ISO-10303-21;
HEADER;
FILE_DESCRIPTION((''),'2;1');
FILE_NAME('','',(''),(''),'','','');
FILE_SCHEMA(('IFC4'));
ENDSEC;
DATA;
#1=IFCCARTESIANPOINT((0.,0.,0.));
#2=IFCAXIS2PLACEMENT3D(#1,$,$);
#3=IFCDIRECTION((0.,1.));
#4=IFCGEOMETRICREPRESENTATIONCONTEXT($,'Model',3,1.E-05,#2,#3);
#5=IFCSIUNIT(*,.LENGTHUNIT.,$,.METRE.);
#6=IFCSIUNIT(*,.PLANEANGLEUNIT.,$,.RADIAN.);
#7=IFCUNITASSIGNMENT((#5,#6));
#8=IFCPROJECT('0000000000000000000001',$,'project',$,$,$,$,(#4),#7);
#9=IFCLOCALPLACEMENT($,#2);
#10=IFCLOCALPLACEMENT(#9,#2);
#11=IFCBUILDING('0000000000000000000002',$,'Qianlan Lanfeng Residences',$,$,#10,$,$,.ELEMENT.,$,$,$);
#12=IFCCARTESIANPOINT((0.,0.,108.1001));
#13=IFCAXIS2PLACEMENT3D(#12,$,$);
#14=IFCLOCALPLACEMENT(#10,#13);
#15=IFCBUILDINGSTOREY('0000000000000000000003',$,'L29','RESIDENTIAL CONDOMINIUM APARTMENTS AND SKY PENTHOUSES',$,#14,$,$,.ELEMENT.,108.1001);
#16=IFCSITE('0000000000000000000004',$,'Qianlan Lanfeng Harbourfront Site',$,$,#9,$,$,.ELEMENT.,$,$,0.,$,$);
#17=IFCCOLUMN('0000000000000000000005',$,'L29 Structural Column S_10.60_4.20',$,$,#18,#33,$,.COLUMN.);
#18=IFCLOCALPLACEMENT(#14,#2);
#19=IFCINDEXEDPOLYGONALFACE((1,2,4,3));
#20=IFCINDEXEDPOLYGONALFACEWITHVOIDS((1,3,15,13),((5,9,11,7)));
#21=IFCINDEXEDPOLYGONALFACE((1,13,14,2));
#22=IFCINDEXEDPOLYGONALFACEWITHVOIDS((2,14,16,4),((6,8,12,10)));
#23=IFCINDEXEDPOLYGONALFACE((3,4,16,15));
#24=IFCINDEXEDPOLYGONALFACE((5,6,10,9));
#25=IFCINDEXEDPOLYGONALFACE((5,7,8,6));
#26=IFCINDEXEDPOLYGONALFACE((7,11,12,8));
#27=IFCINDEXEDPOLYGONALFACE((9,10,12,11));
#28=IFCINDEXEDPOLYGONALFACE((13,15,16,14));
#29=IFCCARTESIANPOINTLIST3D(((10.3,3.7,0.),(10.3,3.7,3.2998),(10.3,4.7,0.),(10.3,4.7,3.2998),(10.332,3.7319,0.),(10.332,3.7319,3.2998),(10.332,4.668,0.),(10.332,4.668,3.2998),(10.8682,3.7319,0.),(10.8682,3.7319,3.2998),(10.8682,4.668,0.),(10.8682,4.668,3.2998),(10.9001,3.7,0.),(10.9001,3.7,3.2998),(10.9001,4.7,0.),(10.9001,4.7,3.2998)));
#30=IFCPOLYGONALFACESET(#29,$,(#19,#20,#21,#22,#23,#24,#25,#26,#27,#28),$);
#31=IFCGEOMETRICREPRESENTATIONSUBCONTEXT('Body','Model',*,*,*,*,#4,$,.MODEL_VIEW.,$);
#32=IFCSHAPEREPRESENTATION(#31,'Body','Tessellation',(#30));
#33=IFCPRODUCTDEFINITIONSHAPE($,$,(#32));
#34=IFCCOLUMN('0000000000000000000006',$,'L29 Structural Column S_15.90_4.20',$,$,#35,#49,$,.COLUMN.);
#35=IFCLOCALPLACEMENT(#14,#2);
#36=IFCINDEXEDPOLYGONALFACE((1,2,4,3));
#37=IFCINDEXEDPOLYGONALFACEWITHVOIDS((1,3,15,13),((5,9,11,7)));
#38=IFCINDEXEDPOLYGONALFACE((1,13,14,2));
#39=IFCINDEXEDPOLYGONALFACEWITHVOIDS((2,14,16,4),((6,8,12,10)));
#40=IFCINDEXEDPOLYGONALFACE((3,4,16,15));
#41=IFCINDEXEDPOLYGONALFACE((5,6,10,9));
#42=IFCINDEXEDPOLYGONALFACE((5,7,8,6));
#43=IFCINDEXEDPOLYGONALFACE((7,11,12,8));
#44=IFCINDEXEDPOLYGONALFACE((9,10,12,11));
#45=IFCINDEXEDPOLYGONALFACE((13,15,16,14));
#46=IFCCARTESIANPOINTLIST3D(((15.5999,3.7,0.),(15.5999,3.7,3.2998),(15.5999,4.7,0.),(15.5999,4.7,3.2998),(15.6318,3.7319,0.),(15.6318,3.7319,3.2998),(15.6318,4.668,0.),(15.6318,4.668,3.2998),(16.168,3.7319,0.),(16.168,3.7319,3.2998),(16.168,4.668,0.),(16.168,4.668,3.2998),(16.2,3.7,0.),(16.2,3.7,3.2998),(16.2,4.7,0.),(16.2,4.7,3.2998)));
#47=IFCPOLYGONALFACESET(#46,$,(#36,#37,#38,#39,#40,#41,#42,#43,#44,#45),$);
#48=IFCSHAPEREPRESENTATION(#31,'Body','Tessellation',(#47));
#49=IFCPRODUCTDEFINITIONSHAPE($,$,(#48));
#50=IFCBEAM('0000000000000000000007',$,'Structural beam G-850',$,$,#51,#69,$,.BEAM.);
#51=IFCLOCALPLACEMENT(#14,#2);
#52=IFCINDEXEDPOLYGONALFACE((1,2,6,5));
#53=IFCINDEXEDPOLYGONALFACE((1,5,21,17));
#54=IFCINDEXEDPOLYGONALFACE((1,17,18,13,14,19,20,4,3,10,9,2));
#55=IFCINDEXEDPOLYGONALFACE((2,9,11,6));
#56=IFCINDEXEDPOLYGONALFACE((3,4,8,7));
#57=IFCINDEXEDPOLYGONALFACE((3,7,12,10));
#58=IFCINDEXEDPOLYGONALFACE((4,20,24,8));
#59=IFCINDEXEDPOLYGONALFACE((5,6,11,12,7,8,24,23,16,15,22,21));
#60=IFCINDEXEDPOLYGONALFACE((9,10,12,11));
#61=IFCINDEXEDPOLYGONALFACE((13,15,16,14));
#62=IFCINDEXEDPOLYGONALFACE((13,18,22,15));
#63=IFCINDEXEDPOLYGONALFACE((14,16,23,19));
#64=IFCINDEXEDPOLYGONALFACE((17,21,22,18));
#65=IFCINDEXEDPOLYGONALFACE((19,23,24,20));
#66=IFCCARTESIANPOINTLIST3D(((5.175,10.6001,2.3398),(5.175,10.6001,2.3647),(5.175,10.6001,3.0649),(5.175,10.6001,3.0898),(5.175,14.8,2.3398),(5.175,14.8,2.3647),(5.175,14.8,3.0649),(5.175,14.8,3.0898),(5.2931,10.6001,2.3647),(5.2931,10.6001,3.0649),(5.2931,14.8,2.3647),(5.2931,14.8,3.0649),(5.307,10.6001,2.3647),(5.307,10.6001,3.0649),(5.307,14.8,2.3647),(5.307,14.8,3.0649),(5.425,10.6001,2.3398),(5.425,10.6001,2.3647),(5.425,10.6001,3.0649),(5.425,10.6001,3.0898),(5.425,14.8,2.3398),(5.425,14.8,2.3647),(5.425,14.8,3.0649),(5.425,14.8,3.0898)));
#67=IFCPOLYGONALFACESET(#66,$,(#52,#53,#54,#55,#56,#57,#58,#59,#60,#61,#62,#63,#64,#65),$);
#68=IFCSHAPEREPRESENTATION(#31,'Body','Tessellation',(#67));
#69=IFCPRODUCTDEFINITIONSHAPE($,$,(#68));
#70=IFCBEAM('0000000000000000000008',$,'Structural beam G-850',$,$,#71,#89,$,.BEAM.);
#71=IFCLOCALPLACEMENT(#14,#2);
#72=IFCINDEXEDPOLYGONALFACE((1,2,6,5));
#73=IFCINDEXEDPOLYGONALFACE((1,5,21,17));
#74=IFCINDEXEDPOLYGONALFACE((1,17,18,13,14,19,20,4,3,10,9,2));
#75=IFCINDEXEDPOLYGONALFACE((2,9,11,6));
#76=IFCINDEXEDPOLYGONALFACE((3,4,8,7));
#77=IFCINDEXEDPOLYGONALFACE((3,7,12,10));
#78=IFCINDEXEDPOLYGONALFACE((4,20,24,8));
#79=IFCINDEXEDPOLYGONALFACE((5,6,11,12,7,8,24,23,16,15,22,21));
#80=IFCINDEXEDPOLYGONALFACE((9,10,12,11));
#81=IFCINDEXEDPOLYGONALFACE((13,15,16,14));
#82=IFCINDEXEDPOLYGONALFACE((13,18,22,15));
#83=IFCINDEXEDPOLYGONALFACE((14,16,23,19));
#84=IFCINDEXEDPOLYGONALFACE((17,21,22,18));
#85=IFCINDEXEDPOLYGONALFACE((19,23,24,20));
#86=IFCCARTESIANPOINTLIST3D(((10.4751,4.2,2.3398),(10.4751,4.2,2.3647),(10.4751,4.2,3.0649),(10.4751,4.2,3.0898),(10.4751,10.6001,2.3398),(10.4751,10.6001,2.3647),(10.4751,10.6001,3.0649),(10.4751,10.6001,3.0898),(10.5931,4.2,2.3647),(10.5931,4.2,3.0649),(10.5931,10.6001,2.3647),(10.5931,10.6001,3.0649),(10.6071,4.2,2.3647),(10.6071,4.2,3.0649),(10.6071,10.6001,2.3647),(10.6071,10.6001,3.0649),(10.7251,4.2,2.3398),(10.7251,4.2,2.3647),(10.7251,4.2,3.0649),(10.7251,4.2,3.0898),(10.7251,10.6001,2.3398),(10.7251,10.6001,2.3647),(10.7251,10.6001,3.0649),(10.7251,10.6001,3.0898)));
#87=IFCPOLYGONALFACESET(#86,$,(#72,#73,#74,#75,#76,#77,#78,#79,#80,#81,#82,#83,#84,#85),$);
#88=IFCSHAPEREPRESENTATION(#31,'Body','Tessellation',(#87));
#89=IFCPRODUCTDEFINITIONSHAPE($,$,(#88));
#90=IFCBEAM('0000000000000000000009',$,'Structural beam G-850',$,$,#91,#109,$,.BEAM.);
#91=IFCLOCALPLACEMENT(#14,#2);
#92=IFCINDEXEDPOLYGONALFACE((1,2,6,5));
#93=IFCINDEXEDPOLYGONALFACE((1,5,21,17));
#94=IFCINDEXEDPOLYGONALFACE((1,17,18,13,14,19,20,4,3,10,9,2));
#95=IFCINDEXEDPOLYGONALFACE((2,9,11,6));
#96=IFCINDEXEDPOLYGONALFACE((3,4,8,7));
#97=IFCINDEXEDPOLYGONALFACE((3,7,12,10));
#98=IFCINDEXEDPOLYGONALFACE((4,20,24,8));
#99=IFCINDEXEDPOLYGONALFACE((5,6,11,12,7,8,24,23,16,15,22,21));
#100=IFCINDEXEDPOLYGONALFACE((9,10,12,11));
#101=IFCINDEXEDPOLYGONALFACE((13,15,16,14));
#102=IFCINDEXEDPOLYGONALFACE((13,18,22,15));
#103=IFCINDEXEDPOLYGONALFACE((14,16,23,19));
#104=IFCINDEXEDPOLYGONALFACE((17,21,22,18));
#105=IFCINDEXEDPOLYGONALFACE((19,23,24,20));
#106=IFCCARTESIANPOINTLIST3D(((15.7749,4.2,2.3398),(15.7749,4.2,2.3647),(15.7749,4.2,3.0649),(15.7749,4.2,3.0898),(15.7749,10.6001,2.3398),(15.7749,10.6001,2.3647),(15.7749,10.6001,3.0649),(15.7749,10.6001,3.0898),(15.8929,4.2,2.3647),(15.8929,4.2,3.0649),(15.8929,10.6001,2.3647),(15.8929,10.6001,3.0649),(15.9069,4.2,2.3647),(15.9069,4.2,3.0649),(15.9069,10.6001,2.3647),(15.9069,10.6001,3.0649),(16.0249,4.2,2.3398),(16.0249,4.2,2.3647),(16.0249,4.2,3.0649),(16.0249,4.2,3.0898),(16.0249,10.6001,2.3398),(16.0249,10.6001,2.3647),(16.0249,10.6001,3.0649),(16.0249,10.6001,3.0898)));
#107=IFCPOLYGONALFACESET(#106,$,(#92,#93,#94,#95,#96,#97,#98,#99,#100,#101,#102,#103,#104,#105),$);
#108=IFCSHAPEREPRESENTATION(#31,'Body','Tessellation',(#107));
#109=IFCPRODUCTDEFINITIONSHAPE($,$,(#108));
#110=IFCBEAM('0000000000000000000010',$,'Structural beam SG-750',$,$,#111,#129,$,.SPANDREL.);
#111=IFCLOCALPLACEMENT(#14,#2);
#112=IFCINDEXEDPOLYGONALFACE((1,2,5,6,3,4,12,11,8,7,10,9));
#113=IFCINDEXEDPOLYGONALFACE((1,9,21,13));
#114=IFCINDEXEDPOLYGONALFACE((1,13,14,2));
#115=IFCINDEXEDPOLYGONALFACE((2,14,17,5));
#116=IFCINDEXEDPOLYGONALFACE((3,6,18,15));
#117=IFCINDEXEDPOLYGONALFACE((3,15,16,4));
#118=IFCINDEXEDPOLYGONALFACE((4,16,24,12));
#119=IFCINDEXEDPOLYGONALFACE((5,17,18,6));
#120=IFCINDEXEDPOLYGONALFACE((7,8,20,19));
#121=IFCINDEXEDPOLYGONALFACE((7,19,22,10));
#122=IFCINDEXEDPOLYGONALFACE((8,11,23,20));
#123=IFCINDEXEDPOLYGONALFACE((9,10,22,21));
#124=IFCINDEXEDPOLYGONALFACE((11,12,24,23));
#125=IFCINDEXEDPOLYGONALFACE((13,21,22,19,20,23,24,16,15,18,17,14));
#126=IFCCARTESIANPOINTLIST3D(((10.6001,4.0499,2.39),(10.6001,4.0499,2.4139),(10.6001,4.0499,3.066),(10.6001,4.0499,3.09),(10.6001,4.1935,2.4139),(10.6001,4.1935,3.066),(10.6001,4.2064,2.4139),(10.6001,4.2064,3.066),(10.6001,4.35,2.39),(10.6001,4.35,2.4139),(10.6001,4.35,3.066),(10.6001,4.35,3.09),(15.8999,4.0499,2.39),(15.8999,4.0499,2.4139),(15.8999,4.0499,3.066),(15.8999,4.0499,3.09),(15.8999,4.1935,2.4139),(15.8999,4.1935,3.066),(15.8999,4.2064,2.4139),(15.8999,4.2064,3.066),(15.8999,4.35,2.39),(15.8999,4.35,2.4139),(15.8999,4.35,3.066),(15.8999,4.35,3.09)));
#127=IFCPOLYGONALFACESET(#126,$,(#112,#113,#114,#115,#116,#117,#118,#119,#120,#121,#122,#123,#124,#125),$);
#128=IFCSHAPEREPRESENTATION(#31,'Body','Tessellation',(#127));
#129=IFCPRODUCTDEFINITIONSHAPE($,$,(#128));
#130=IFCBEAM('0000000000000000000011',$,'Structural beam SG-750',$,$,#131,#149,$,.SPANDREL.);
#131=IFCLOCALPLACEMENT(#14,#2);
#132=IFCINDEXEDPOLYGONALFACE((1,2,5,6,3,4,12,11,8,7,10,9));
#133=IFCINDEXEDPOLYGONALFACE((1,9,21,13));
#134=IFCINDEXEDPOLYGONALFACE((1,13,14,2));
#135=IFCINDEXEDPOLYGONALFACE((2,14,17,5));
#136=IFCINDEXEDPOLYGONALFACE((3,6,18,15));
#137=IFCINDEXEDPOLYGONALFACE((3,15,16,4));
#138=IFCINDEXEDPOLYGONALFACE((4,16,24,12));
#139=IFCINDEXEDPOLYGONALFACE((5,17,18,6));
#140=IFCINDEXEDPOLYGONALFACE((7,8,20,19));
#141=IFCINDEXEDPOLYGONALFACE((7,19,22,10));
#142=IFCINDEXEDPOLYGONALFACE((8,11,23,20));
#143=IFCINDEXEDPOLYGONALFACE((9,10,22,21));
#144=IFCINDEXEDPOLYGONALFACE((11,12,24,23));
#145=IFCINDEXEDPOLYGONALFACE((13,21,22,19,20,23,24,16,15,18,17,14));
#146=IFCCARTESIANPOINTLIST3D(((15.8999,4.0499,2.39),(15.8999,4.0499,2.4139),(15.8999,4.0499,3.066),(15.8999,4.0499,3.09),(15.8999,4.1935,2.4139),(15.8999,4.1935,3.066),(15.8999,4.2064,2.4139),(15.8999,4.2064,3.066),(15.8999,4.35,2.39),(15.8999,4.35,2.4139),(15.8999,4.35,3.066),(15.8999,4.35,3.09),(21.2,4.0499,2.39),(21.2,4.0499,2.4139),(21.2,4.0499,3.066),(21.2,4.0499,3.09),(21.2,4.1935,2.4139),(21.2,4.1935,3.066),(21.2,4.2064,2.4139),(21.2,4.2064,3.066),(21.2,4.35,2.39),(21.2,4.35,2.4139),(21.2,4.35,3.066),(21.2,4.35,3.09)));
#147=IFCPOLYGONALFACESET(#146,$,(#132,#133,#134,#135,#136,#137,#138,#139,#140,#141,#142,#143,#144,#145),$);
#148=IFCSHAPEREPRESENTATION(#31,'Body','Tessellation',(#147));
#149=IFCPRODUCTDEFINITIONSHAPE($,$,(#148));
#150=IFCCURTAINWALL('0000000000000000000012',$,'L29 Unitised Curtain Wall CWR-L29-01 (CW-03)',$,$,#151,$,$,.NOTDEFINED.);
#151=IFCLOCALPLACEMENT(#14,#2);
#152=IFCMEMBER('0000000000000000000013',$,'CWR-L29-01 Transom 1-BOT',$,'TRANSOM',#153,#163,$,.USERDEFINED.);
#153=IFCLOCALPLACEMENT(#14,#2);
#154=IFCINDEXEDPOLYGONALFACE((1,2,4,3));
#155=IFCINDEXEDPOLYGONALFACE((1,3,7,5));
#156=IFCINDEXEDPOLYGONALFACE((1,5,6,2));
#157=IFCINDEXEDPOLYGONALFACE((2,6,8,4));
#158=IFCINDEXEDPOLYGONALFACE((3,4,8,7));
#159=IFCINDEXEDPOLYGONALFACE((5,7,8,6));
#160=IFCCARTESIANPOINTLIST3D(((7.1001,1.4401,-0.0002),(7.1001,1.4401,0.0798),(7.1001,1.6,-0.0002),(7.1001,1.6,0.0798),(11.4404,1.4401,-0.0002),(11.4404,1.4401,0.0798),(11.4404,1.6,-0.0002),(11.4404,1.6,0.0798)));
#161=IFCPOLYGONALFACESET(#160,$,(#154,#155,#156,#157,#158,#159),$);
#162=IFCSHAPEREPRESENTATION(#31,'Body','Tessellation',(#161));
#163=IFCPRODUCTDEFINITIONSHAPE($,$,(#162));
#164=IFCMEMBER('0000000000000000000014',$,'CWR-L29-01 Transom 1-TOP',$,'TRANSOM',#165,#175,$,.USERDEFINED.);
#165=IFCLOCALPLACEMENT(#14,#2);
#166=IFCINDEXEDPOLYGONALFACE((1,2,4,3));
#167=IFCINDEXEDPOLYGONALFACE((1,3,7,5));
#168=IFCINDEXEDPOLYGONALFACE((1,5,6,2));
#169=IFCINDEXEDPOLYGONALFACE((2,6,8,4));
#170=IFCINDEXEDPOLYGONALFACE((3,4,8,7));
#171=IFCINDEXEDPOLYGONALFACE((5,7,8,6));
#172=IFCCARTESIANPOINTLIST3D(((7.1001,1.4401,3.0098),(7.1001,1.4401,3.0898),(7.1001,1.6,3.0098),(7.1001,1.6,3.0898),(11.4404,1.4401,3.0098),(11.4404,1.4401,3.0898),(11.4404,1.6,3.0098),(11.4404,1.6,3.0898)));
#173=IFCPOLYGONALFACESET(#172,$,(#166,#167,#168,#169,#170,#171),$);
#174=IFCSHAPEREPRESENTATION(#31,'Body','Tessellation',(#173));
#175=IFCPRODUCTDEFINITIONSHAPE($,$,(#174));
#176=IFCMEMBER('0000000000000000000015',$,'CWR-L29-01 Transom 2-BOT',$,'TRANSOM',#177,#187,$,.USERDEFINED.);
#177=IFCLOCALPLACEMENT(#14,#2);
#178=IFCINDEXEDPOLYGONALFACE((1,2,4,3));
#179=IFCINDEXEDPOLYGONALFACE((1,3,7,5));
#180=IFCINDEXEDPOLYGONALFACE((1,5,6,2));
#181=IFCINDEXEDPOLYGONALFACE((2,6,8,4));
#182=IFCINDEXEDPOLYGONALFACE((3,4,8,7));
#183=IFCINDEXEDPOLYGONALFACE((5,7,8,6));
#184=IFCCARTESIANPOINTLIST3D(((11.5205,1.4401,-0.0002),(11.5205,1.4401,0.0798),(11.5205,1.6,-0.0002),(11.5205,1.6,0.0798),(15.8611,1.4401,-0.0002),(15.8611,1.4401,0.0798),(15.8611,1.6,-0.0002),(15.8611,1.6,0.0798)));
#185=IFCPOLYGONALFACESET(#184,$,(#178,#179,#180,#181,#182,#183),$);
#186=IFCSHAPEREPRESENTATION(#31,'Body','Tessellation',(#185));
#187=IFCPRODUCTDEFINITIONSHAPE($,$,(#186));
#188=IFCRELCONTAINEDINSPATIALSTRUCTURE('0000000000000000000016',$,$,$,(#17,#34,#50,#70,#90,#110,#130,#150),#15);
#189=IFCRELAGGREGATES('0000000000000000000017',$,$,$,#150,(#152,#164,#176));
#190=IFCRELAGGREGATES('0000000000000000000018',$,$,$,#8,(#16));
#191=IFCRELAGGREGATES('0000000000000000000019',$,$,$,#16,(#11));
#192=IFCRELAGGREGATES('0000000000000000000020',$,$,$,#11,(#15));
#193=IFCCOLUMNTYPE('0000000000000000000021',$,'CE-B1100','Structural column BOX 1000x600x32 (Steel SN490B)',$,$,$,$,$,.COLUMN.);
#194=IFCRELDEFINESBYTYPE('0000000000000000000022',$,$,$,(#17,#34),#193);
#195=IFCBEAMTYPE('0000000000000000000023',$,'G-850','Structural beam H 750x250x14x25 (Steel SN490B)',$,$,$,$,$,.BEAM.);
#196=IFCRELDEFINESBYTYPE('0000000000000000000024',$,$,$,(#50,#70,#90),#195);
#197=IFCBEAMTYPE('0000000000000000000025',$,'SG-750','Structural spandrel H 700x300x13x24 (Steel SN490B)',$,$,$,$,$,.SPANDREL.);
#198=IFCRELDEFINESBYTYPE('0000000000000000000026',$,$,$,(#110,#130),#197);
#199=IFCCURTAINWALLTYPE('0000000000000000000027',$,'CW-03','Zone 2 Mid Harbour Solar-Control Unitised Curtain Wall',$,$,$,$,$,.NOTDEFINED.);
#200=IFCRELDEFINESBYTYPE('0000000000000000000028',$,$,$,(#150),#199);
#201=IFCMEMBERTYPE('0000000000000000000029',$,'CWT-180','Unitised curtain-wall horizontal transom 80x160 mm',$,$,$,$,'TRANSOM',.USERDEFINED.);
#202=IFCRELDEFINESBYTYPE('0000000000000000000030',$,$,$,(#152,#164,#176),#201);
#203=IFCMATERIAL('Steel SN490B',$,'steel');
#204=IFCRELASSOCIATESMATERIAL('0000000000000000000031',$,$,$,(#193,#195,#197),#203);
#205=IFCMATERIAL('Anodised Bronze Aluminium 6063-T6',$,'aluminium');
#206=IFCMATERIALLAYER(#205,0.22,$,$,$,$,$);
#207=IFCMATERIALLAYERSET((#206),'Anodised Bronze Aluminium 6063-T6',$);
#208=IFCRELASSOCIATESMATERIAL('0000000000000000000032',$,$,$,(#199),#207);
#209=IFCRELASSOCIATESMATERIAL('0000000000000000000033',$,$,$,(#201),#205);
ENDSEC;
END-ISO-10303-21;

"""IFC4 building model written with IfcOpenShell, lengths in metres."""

from ifc_helpers import new_model, si_unit, direction, frame, origin, origin_2d, place, context, subcontext, project, spatial, rectangle, hollow_rectangle, i_section, extrude, source, transform, mapped, material, layer, layer_set, material_profile, profile_set, type_object, element, aggregate, save


model = new_model("IFC4")

# Units and contexts
model_context = context("Model", 3, precision=1e-05, world=origin(), true_north=direction((0.0, 1.0)))
body_context = subcontext(model_context, "Body", "Model", "MODEL_VIEW")
ifc_project = project(units=[si_unit("LENGTHUNIT", "METRE"), si_unit("PLANEANGLEUNIT", "RADIAN")], contexts=[model_context])

# Site, building, storey
site_placement = place(None, origin())
site = spatial("IfcSite", under=ifc_project, at=site_placement, Name="Qianlan Lanfeng Harbourfront Site", CompositionType="ELEMENT", RefElevation=0.0)
building_placement = place(site_placement, origin())
building = spatial("IfcBuilding", under=site, at=building_placement, Name="Qianlan Lanfeng Residences", CompositionType="ELEMENT")
storey_placement = place(building_placement, frame((0.0, 0.0, 108.1001)))
storey = spatial("IfcBuildingStorey", under=building, at=storey_placement, Name="L29", Description="RESIDENTIAL CONDOMINIUM APARTMENTS AND SKY PENTHOUSES", CompositionType="ELEMENT", Elevation=108.1001)

# Columns
ifc_material_1 = material(Name="Steel SN490B", Category="steel")
ifc_material_profile_1 = material_profile(ifc_material_1, hollow_rectangle(XDim=0.6001, YDim=1.0, WallThickness=0.032, at=origin_2d()), Name="BOX 1000x600x32")
ifc_profile_set_1 = profile_set([ifc_material_profile_1], Name="Steel SN490B")
column_type = type_object("IfcColumnType", Name="CE-B1100", Description="Structural column BOX 1000x600x32 (Steel SN490B)", PredefinedType="COLUMN", material=ifc_profile_set_1)
for number, where, z_axis, x_axis, name in (
    (1, (10.6001, 4.2, 0.0), (0.0, 0.0, 1.0), (1.0, 0.0, 0.0), "L29 Structural Column S_10.60_4.20"),
    (2, (15.8999, 4.2, 0.0), (0.0, 0.0, 1.0), (1.0, 0.0, 0.0), "L29 Structural Column S_15.90_4.20"),
):
    element("IfcColumn", number, at=place(storey_placement, frame(where, z_axis=z_axis, x_axis=x_axis)), inside=storey, type_object=column_type, Name=name, PredefinedType="COLUMN", context=body_context, shape_type="SweptSolid", body=[
        extrude(hollow_rectangle(XDim=0.6001, YDim=1.0, WallThickness=0.032, at=origin_2d()), origin(), (0.0, 0.0, 1.0), 3.2998),
    ])

# Beams
ifc_material_profile_2 = material_profile(ifc_material_1, i_section(OverallWidth=0.25, OverallDepth=0.75, WebThickness=0.0139, FlangeThickness=0.0249, at=origin_2d()), Name="H 750x250x14x25")
ifc_profile_set_2 = profile_set([ifc_material_profile_2], Name="Steel SN490B")
beam_type_1 = type_object("IfcBeamType", Name="G-850", Description="Structural beam H 750x250x14x25 (Steel SN490B)", PredefinedType="BEAM", material=ifc_profile_set_2)
beam_1_placement = place(storey_placement, frame((5.3, 10.6001, 2.7148), z_axis=(0.0, 1.0, 0.0), x_axis=(-1.0, 0.0, 0.0)))
element("IfcBeam", 3, at=beam_1_placement, inside=storey, type_object=beam_type_1, Name="Structural beam G-850", PredefinedType="BEAM", context=body_context, shape_type="SweptSolid", body=[
    extrude(i_section(OverallWidth=0.25, OverallDepth=0.75, WebThickness=0.0139, FlangeThickness=0.0249, at=origin_2d()), origin(), (0.0, 0.0, 1.0), 4.2),
])
for number, where, z_axis, x_axis, name in (
    (4, (10.6001, 4.2, 2.7148), (0.0, 1.0, 0.0), (-1.0, 0.0, 0.0), "Structural beam G-850"),
    (5, (15.8999, 4.2, 2.7148), (0.0, 1.0, 0.0), (-1.0, 0.0, 0.0), "Structural beam G-850"),
):
    element("IfcBeam", number, at=place(storey_placement, frame(where, z_axis=z_axis, x_axis=x_axis)), inside=storey, type_object=beam_type_1, Name=name, PredefinedType="BEAM", context=body_context, shape_type="SweptSolid", body=[
        extrude(i_section(OverallWidth=0.25, OverallDepth=0.75, WebThickness=0.0139, FlangeThickness=0.0249, at=origin_2d()), origin(), (0.0, 0.0, 1.0), 6.4001),
    ])
ifc_material_profile_3 = material_profile(ifc_material_1, i_section(OverallWidth=0.3, OverallDepth=0.7, WebThickness=0.0129, FlangeThickness=0.0239, at=origin_2d()), Name="H 700x300x13x24")
ifc_profile_set_3 = profile_set([ifc_material_profile_3], Name="Steel SN490B")
beam_type_2 = type_object("IfcBeamType", Name="SG-750", Description="Structural spandrel H 700x300x13x24 (Steel SN490B)", PredefinedType="SPANDREL", material=ifc_profile_set_3)
beam_2_placement = place(storey_placement, frame((10.6001, 4.2, 2.74), z_axis=(1.0, 0.0, 0.0), x_axis=(0.0, 1.0, 0.0)))
element("IfcBeam", 6, at=beam_2_placement, inside=storey, type_object=beam_type_2, Name="Structural beam SG-750", PredefinedType="SPANDREL", context=body_context, shape_type="SweptSolid", body=[
    extrude(i_section(OverallWidth=0.3, OverallDepth=0.7, WebThickness=0.0129, FlangeThickness=0.0239, at=origin_2d()), origin(), (0.0, 0.0, 1.0), 5.2998),
])
beam_3_placement = place(storey_placement, frame((15.8999, 4.2, 2.74), z_axis=(1.0, 0.0, 0.0), x_axis=(0.0, 1.0, 0.0)))
element("IfcBeam", 7, at=beam_3_placement, inside=storey, type_object=beam_type_2, Name="Structural beam SG-750", PredefinedType="SPANDREL", context=body_context, shape_type="SweptSolid", body=[
    extrude(i_section(OverallWidth=0.3, OverallDepth=0.7, WebThickness=0.0129, FlangeThickness=0.0239, at=origin_2d()), origin(), (0.0, 0.0, 1.0), 5.3),
])

# Curtain wall, members
ifc_material_2 = material(Name="Anodised Bronze Aluminium 6063-T6", Category="aluminium")
ifc_layer_1 = layer(ifc_material_2, 0.22)
ifc_layer_set_1 = layer_set([ifc_layer_1], Name="Anodised Bronze Aluminium 6063-T6")
curtain_wall_type = type_object("IfcCurtainWallType", Name="CW-03", Description="Zone 2 Mid Harbour Solar-Control Unitised Curtain Wall", PredefinedType="NOTDEFINED", material=ifc_layer_set_1)
curtain_wall_placement = place(storey_placement, origin())
curtain_wall = element("IfcCurtainWall", 8, at=curtain_wall_placement, inside=storey, type_object=curtain_wall_type, Name="L29 Unitised Curtain Wall CWR-L29-01 (CW-03)", PredefinedType="NOTDEFINED")
ifc_material_profile_4 = material_profile(ifc_material_2, rectangle(XDim=0.0801, YDim=0.1599, at=origin_2d()), Name="ALU TRANSOM 80x160")
ifc_profile_set_4 = profile_set([ifc_material_profile_4], Name="Anodised Bronze Aluminium 6063-T6")
member_type_1 = type_object("IfcMemberType", Name="CWT-180", Description="Unitised curtain-wall horizontal transom 80x160 mm", ElementType="TRANSOM", PredefinedType="USERDEFINED", material=ifc_profile_set_4)
shared_shape_1 = source(origin(), body_context, "Body", "SweptSolid", [
    extrude(rectangle(XDim=0.0801, YDim=0.1599, at=origin_2d()), origin(), (0.0, 0.0, 1.0), 4.3403),
])
member_1_placement = place(storey_placement, frame((7.1001, 1.52, 0.0398), z_axis=(1.0, 0.0, 0.0), x_axis=(0.0, 0.0, 1.0)))
member_1 = element("IfcMember", 9, at=member_1_placement, type_object=member_type_1, Name="CWR-L29-01 Transom 1-BOT", ObjectType="TRANSOM", PredefinedType="USERDEFINED", context=body_context, shape_type="MappedRepresentation", body=[
    mapped(shared_shape_1, transform((0.0, 0.0, 0.0), scale=1.0)),
])
member_2_placement = place(storey_placement, frame((7.1001, 1.52, 3.0498), z_axis=(1.0, 0.0, 0.0), x_axis=(0.0, 0.0, 1.0)))
member_2 = element("IfcMember", 10, at=member_2_placement, type_object=member_type_1, Name="CWR-L29-01 Transom 1-TOP", ObjectType="TRANSOM", PredefinedType="USERDEFINED", context=body_context, shape_type="MappedRepresentation", body=[
    mapped(shared_shape_1, transform((0.0, 0.0, 0.0), scale=1.0)),
])
shared_shape_2 = source(origin(), body_context, "Body", "SweptSolid", [
    extrude(rectangle(XDim=0.0801, YDim=0.1599, at=origin_2d()), origin(), (0.0, 0.0, 1.0), 4.3406),
])
member_3_placement = place(storey_placement, frame((11.5205, 1.52, 0.0398), z_axis=(1.0, 0.0, 0.0), x_axis=(0.0, 0.0, 1.0)))
member_3 = element("IfcMember", 11, at=member_3_placement, type_object=member_type_1, Name="CWR-L29-01 Transom 2-BOT", ObjectType="TRANSOM", PredefinedType="USERDEFINED", context=body_context, shape_type="MappedRepresentation", body=[
    mapped(shared_shape_2, transform((0.0, 0.0, 0.0), scale=1.0)),
])
aggregate(curtain_wall, [member_1, member_2, member_3])

save(model, "model.ifc")
